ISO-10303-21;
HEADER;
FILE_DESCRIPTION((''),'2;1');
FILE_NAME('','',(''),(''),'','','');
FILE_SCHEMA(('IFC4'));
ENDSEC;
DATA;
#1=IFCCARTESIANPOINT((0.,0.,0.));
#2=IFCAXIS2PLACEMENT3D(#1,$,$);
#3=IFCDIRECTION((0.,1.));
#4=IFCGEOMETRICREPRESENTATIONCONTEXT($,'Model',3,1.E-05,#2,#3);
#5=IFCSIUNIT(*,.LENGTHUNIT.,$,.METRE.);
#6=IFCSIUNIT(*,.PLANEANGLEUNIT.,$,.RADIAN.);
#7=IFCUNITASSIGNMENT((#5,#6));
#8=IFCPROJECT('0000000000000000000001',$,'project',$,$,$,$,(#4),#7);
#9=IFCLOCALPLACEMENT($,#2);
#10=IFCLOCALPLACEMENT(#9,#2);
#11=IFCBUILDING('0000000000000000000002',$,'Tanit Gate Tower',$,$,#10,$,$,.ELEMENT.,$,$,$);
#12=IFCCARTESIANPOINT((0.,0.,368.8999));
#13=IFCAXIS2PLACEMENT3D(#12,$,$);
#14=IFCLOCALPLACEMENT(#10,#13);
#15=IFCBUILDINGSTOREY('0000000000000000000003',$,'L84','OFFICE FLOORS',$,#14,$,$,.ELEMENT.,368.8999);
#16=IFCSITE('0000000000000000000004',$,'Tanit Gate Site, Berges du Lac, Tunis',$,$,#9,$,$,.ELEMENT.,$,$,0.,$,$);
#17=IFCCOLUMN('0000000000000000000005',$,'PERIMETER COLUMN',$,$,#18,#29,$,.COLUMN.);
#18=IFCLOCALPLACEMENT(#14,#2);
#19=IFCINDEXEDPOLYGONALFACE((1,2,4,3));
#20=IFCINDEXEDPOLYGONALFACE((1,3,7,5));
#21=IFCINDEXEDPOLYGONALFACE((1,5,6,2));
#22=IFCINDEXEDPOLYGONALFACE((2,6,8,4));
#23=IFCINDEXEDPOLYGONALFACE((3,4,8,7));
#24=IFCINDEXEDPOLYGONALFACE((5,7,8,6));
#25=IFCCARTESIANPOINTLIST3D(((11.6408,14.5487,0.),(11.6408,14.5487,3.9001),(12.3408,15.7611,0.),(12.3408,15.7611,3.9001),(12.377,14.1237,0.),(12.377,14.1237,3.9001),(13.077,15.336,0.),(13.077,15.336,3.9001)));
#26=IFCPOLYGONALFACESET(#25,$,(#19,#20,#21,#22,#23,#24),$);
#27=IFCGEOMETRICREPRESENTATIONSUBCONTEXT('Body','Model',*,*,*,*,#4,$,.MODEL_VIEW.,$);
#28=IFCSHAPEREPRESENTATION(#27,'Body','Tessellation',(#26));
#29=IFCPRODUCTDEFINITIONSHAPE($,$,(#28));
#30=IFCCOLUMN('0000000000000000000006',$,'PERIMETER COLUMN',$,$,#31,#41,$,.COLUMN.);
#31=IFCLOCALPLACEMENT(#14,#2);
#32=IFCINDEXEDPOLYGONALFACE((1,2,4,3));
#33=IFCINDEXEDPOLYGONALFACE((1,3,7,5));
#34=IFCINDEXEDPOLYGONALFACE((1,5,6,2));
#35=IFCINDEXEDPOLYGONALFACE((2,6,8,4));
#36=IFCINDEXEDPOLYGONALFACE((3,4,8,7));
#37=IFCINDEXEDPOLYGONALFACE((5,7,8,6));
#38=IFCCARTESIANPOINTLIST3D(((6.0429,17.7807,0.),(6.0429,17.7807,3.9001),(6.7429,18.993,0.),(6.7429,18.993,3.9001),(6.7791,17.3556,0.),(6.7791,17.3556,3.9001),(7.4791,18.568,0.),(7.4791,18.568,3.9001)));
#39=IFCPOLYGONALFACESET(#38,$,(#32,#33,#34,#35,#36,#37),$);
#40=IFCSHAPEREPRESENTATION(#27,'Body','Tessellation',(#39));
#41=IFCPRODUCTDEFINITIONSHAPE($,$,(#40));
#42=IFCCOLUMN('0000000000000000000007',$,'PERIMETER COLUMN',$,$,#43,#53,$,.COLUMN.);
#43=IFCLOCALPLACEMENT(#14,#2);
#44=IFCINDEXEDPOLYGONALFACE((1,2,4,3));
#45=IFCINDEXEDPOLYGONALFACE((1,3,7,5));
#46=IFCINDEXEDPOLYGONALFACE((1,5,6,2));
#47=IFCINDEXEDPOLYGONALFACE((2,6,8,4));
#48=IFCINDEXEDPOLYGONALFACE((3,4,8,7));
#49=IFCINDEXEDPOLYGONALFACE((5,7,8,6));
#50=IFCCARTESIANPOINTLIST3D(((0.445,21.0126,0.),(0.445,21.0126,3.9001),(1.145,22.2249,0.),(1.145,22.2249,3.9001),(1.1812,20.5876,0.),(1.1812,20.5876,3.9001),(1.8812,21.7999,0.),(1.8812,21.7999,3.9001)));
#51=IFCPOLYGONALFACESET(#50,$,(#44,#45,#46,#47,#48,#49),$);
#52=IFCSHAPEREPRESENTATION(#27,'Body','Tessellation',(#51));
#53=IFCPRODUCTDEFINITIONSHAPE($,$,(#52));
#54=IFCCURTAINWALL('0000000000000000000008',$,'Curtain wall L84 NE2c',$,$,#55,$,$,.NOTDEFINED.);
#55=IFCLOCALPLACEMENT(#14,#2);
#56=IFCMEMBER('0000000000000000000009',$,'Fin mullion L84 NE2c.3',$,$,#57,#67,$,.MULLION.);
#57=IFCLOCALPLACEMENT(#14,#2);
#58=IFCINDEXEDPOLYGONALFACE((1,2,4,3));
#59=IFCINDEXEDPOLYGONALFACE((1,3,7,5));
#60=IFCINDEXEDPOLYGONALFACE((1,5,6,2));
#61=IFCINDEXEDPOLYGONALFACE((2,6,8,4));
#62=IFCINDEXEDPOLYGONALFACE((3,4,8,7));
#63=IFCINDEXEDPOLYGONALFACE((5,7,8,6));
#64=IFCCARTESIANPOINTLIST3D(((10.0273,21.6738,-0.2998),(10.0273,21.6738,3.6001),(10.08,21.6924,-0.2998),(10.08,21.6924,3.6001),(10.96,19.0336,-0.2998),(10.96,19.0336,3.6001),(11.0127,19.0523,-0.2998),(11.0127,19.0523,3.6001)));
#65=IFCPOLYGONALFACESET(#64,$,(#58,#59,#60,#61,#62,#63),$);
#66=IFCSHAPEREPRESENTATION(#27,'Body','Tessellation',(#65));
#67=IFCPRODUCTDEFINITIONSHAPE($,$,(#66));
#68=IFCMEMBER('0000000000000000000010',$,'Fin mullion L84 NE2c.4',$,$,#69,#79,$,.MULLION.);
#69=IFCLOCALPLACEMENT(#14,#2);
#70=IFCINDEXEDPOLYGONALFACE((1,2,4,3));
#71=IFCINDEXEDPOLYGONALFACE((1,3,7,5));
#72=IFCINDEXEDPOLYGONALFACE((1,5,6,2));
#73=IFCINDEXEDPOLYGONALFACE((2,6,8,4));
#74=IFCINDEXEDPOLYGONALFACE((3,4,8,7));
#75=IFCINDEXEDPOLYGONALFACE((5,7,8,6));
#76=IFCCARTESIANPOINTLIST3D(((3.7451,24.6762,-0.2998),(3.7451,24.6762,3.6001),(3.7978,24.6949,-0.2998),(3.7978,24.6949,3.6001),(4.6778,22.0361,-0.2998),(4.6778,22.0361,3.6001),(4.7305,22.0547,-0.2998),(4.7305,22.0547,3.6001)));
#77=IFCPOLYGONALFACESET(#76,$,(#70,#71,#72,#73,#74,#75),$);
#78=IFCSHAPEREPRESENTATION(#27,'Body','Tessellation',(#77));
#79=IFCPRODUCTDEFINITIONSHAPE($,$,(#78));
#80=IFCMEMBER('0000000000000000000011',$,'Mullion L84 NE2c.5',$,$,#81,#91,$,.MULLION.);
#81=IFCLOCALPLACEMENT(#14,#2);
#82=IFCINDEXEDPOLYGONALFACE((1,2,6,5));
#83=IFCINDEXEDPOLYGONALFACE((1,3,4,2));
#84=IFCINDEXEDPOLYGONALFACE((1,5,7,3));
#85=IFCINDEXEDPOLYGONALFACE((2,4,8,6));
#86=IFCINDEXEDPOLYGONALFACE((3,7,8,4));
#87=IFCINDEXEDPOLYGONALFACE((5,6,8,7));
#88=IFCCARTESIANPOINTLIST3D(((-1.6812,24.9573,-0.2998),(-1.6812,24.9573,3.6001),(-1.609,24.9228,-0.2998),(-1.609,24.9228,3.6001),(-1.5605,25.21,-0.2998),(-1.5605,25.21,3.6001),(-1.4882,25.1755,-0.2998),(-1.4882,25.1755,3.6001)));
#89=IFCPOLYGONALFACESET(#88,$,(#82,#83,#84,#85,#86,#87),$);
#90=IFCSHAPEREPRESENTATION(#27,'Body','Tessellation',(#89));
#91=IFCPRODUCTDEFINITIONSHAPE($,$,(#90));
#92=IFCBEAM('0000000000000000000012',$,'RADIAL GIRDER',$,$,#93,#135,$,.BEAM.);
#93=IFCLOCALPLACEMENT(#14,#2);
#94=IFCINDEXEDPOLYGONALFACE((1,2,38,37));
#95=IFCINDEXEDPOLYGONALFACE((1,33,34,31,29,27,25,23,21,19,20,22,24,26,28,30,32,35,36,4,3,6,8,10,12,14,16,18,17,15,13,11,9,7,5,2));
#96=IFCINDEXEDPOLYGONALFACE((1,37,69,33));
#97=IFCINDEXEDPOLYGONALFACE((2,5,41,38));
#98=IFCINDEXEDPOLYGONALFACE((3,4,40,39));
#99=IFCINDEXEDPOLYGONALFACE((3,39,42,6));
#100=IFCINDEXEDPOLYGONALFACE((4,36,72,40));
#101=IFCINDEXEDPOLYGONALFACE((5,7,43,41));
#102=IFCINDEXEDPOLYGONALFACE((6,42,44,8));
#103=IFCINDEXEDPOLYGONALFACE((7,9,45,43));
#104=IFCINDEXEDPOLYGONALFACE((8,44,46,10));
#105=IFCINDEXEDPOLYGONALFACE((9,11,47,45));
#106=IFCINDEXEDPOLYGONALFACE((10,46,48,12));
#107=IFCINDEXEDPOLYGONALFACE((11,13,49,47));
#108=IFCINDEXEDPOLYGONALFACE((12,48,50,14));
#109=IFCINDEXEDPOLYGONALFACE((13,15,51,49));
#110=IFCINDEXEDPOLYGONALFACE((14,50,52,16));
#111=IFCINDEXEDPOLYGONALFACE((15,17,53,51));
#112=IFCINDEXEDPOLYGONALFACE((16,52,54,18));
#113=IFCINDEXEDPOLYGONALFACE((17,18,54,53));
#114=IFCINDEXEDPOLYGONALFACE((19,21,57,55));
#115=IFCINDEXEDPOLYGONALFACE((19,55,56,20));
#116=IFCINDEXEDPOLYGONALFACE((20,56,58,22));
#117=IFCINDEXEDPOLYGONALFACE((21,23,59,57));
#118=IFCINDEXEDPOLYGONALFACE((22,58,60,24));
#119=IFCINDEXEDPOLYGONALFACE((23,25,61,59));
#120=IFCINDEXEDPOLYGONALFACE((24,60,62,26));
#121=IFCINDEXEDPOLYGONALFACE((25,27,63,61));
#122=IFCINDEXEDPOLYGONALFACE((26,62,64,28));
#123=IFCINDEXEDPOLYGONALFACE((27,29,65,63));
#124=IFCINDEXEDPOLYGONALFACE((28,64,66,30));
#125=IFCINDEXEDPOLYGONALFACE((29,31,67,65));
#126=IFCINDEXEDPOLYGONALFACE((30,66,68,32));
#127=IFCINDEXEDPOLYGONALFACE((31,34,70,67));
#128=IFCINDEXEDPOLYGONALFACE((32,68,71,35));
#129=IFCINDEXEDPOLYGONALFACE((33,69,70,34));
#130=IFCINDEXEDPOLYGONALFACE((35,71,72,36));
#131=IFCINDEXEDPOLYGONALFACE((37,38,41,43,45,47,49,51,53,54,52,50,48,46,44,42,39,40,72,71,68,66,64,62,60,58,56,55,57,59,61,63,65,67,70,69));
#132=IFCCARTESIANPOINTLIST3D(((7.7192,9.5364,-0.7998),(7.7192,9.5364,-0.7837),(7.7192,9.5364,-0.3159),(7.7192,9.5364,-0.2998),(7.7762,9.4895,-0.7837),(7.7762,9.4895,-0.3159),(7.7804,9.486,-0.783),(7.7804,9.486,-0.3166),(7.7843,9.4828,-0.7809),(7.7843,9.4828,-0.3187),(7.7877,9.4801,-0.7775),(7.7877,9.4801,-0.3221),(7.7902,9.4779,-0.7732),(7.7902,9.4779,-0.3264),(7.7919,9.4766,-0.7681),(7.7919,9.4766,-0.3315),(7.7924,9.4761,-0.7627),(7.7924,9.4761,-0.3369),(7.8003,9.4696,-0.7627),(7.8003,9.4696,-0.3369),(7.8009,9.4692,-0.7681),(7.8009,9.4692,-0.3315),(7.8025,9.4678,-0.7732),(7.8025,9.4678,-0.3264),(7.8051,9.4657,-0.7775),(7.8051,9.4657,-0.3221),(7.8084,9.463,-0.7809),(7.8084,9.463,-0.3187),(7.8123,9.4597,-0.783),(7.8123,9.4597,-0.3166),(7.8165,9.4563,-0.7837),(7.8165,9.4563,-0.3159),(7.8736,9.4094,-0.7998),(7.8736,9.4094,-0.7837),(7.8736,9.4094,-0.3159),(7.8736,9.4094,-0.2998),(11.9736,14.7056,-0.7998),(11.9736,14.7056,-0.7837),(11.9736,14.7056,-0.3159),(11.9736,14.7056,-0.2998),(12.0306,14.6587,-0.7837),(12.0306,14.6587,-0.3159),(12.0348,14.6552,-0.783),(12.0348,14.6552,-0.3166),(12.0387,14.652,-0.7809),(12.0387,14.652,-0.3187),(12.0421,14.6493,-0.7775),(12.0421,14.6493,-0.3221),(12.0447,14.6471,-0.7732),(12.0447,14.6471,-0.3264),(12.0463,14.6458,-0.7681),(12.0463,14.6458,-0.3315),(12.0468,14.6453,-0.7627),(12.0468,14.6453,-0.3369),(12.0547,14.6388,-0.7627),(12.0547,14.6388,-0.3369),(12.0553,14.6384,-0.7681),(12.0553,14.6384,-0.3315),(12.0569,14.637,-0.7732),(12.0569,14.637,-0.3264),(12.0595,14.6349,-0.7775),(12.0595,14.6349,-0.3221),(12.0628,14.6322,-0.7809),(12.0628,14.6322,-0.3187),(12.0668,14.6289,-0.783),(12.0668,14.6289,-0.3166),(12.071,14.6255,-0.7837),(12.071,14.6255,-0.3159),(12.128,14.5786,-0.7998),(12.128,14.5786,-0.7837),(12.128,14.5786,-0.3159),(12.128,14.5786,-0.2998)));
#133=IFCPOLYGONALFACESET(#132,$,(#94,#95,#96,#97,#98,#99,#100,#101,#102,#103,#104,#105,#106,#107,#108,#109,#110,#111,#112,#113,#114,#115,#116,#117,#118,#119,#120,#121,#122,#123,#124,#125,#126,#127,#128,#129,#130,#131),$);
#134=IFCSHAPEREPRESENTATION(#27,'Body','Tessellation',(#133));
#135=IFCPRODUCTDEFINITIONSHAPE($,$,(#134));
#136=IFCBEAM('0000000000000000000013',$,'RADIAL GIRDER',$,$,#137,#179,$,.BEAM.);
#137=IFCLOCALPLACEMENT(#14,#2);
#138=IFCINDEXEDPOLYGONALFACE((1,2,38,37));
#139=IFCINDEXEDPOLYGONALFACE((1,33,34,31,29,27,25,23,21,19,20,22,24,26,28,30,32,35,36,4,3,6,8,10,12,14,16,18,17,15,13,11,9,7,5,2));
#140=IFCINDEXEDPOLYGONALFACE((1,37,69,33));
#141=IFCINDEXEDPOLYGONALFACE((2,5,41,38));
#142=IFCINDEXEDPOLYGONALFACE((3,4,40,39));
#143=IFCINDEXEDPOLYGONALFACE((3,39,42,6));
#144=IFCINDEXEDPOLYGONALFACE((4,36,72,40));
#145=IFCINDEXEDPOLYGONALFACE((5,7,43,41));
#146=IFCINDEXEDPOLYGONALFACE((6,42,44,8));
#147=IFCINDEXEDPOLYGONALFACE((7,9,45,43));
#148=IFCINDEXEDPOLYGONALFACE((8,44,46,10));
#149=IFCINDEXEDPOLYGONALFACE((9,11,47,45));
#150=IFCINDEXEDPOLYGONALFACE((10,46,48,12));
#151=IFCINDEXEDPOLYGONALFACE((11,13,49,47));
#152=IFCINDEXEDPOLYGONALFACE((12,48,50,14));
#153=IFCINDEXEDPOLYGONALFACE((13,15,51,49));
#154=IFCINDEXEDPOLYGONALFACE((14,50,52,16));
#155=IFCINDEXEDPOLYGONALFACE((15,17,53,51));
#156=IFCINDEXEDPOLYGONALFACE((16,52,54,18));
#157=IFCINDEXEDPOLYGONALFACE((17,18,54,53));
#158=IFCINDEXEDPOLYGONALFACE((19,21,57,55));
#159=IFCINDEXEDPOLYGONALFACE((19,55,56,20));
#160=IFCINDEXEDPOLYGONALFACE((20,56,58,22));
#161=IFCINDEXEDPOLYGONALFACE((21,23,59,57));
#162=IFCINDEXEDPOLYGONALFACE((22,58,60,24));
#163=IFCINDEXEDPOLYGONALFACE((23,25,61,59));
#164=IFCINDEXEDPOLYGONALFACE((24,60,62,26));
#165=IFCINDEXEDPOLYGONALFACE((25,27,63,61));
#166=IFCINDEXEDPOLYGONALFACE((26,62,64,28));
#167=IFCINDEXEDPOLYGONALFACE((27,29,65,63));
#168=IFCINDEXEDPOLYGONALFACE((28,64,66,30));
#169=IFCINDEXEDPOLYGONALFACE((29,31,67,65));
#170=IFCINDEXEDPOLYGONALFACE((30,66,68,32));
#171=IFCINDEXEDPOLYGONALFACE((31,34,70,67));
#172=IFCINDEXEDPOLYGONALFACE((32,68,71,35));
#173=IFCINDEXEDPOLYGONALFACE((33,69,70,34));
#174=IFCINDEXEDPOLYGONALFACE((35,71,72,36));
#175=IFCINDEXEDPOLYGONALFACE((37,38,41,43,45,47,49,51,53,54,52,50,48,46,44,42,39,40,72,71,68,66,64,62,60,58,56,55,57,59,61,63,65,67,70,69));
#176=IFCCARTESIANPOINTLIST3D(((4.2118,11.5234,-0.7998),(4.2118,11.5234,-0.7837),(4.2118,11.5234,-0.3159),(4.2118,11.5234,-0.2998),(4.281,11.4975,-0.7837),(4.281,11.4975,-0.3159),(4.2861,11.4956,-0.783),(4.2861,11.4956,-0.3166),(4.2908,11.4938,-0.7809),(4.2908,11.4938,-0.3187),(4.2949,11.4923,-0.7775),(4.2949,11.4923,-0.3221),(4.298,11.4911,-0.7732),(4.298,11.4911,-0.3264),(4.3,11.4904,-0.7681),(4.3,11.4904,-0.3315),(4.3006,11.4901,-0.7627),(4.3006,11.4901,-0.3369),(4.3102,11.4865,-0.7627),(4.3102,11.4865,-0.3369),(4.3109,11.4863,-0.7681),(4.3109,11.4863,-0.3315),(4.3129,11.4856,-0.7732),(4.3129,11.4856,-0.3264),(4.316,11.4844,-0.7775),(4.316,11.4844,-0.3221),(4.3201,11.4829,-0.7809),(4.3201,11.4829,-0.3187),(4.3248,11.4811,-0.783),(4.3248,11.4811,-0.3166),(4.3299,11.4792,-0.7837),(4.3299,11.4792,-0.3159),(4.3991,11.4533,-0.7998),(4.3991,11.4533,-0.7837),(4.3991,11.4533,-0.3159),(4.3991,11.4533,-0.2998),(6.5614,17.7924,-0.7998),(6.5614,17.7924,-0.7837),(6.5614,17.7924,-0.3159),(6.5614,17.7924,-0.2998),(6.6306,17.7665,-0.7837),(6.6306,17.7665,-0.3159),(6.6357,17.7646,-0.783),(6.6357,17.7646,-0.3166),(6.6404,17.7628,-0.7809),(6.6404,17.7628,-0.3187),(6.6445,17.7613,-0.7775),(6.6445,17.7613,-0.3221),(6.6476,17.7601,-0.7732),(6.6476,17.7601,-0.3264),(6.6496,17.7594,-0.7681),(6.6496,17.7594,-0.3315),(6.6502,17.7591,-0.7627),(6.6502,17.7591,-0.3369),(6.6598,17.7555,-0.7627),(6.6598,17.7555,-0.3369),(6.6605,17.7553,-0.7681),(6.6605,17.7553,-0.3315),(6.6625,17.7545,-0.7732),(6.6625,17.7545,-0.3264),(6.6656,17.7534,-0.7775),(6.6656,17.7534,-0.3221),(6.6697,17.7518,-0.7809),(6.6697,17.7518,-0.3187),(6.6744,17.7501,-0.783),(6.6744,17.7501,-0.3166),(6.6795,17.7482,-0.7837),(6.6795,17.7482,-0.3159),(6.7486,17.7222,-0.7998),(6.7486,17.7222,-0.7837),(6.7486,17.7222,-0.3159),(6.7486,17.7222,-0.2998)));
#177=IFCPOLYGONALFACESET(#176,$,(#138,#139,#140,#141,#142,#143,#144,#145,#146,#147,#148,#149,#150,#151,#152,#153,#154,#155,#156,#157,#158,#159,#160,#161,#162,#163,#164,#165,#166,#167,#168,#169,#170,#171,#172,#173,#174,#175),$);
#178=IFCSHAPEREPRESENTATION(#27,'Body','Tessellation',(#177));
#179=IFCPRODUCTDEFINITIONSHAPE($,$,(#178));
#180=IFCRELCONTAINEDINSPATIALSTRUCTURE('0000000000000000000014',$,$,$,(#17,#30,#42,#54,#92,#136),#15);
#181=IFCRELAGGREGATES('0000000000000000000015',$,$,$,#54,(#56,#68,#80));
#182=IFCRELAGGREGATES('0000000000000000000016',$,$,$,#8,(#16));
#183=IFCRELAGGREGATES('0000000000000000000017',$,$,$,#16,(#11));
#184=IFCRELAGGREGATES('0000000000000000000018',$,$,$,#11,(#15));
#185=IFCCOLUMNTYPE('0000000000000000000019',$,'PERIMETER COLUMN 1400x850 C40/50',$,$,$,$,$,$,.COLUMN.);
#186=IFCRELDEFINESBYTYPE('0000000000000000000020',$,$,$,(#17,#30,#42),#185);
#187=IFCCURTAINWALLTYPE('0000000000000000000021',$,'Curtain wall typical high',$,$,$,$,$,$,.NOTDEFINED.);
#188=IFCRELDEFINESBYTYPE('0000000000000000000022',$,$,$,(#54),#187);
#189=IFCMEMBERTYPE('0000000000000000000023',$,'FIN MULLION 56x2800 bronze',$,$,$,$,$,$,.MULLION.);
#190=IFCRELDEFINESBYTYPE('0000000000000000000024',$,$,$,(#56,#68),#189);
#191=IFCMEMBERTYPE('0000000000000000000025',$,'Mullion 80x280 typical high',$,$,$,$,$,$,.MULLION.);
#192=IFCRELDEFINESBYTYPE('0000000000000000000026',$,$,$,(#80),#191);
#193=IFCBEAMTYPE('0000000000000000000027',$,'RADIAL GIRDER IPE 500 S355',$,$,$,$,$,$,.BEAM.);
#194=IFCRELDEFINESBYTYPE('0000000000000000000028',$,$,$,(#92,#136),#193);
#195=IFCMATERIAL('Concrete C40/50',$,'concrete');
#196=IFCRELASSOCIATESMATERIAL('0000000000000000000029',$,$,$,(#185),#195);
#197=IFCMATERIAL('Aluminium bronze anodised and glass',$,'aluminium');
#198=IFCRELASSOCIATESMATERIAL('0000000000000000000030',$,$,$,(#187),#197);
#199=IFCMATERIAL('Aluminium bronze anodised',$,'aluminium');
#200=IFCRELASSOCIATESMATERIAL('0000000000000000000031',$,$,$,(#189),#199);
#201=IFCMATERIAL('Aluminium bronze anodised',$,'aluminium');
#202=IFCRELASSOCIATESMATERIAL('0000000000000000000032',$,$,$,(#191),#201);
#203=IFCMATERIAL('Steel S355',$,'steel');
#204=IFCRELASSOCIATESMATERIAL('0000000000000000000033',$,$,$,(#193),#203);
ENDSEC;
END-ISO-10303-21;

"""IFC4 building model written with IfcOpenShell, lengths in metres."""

from ifc_helpers import new_model, si_unit, direction, frame, origin, origin_2d, place, context, subcontext, project, spatial, rectangle, i_section, extrude, material, material_profile, profile_set, type_object, element, aggregate, save


model = new_model("IFC4")

# Units and contexts
model_context = context("Model", 3, precision=1e-05, world=origin(), true_north=direction((0.0, 1.0)))
body_context = subcontext(model_context, "Body", "Model", "MODEL_VIEW")
ifc_project = project(units=[si_unit("LENGTHUNIT", "METRE"), si_unit("PLANEANGLEUNIT", "RADIAN")], contexts=[model_context])

# Site, building, storey
site_placement = place(None, origin())
site = spatial("IfcSite", under=ifc_project, at=site_placement, Name="Tanit Gate Site, Berges du Lac, Tunis", CompositionType="ELEMENT", RefElevation=0.0)
building_placement = place(site_placement, origin())
building = spatial("IfcBuilding", under=site, at=building_placement, Name="Tanit Gate Tower", CompositionType="ELEMENT")
storey_placement = place(building_placement, frame((0.0, 0.0, 368.8999)))
storey = spatial("IfcBuildingStorey", under=building, at=storey_placement, Name="L84", Description="OFFICE FLOORS", CompositionType="ELEMENT", Elevation=368.8999)

# Columns
ifc_material_1 = material(Name="Concrete C40/50", Category="concrete")
ifc_material_profile_1 = material_profile(ifc_material_1, rectangle(XDim=1.3999, YDim=0.8501, at=origin_2d()), Name="RC 1400x850")
ifc_profile_set_1 = profile_set([ifc_material_profile_1], Name="Concrete C40/50")
column_type = type_object("IfcColumnType", Name="PERIMETER COLUMN 1400x850 C40/50", PredefinedType="COLUMN", material=ifc_profile_set_1)
for number, where, z_axis, x_axis, name in (
    (1, (12.3589, 14.9424, 0.0), (0.0, 0.0, 1.0), (0.5, 0.866025, 0.0), "PERIMETER COLUMN"),
    (2, (6.761, 18.1743, 0.0), (0.0, 0.0, 1.0), (0.5, 0.866025, 0.0), "PERIMETER COLUMN"),
    (3, (1.1631, 21.4062, 0.0), (0.0, 0.0, 1.0), (0.5, 0.866025, 0.0), "PERIMETER COLUMN"),
):
    element("IfcColumn", number, at=place(storey_placement, frame(where, z_axis=z_axis, x_axis=x_axis)), inside=storey, type_object=column_type, Name=name, PredefinedType="COLUMN", context=body_context, shape_type="SweptSolid", body=[
        extrude(rectangle(XDim=1.3999, YDim=0.8501, at=origin_2d()), origin(), (0.0, 0.0, 1.0), 3.9001),
    ])

# Curtain wall, members
ifc_material_2 = material(Name="Aluminium bronze anodised and glass", Category="aluminium")
curtain_wall_type = type_object("IfcCurtainWallType", Name="Curtain wall typical high", PredefinedType="NOTDEFINED", material=ifc_material_2)
curtain_wall_placement = place(storey_placement, origin())
curtain_wall = element("IfcCurtainWall", 4, at=curtain_wall_placement, inside=storey, type_object=curtain_wall_type, Name="Curtain wall L84 NE2c", PredefinedType="NOTDEFINED")
ifc_material_3 = material(Name="Aluminium bronze anodised", Category="aluminium")
ifc_material_profile_2 = material_profile(ifc_material_3, rectangle(XDim=2.8, YDim=0.0559, at=origin_2d()), Name="56x2800 bronze fin mullion")
ifc_profile_set_2 = profile_set([ifc_material_profile_2], Name="Aluminium bronze anodised")
member_type_1 = type_object("IfcMemberType", Name="FIN MULLION 56x2800 bronze", PredefinedType="MULLION", material=ifc_profile_set_2)
member_1_placement = place(storey_placement, frame((10.52, 20.363, -0.2998), z_axis=(0.0, 0.0, 1.0), x_axis=(0.33309, -0.942895, 0.0)))
member_1 = element("IfcMember", 5, at=member_1_placement, type_object=member_type_1, Name="Fin mullion L84 NE2c.3", PredefinedType="MULLION", context=body_context, shape_type="SweptSolid", body=[
    extrude(rectangle(XDim=2.8, YDim=0.0559, at=origin_2d()), origin(), (0.0, 0.0, 1.0), 3.8999),
])
member_2_placement = place(storey_placement, frame((4.2378, 23.3655, -0.2998), z_axis=(0.0, 0.0, 1.0), x_axis=(0.33309, -0.942895, 0.0)))
member_2 = element("IfcMember", 6, at=member_2_placement, type_object=member_type_1, Name="Fin mullion L84 NE2c.4", PredefinedType="MULLION", context=body_context, shape_type="SweptSolid", body=[
    extrude(rectangle(XDim=2.8, YDim=0.0559, at=origin_2d()), origin(), (0.0, 0.0, 1.0), 3.8999),
])
ifc_material_4 = material(Name="Aluminium bronze anodised", Category="aluminium")
ifc_material_profile_3 = material_profile(ifc_material_4, rectangle(XDim=0.28, YDim=0.0801, at=origin_2d()), Name="80x280 bronze mullion")
ifc_profile_set_3 = profile_set([ifc_material_profile_3], Name="Aluminium bronze anodised")
member_type_2 = type_object("IfcMemberType", Name="Mullion 80x280 typical high", PredefinedType="MULLION", material=ifc_profile_set_3)
member_3_placement = place(storey_placement, frame((-1.5847, 25.0664, -0.2998), z_axis=(0.0, 0.0, 1.0), x_axis=(-0.431197, -0.902258, 0.0)))
member_3 = element("IfcMember", 7, at=member_3_placement, type_object=member_type_2, Name="Mullion L84 NE2c.5", PredefinedType="MULLION", context=body_context, shape_type="SweptSolid", body=[
    extrude(rectangle(XDim=0.28, YDim=0.0801, at=origin_2d()), origin(), (0.0, 0.0, 1.0), 3.8999),
])

# Beams
ifc_material_5 = material(Name="Steel S355", Category="steel")
ifc_material_profile_4 = material_profile(ifc_material_5, i_section(OverallWidth=0.2, OverallDepth=0.5, WebThickness=0.0103, FlangeThickness=0.0161, FilletRadius=0.021, at=origin_2d()), Name="IPE 500")
ifc_profile_set_4 = profile_set([ifc_material_profile_4], Name="Steel S355")
beam_type = type_object("IfcBeamType", Name="RADIAL GIRDER IPE 500 S355", PredefinedType="BEAM", material=ifc_profile_set_4)
for number, where, z_axis, x_axis, name in (
    (8, (12.0508, 14.6421, -0.5498), (-0.635477, -0.77212, 0.0), (0.77212, -0.635477, 0.0), "RADIAL GIRDER"),
    (9, (6.655, 17.7573, -0.5498), (-0.350956, -0.936392, 0.0), (0.936392, -0.350956, 0.0), "RADIAL GIRDER"),
):
    element("IfcBeam", number, at=place(storey_placement, frame(where, z_axis=z_axis, x_axis=x_axis)), inside=storey, type_object=beam_type, Name=name, PredefinedType="BEAM", context=body_context, shape_type="SweptSolid", body=[
        extrude(i_section(OverallWidth=0.2, OverallDepth=0.5, WebThickness=0.0103, FlangeThickness=0.0161, FilletRadius=0.021, at=origin_2d()), origin(), (0.0, 0.0, 1.0), 6.6948),
    ])

aggregate(curtain_wall, [member_1, member_2, member_3])

save(model, "model.ifc")
